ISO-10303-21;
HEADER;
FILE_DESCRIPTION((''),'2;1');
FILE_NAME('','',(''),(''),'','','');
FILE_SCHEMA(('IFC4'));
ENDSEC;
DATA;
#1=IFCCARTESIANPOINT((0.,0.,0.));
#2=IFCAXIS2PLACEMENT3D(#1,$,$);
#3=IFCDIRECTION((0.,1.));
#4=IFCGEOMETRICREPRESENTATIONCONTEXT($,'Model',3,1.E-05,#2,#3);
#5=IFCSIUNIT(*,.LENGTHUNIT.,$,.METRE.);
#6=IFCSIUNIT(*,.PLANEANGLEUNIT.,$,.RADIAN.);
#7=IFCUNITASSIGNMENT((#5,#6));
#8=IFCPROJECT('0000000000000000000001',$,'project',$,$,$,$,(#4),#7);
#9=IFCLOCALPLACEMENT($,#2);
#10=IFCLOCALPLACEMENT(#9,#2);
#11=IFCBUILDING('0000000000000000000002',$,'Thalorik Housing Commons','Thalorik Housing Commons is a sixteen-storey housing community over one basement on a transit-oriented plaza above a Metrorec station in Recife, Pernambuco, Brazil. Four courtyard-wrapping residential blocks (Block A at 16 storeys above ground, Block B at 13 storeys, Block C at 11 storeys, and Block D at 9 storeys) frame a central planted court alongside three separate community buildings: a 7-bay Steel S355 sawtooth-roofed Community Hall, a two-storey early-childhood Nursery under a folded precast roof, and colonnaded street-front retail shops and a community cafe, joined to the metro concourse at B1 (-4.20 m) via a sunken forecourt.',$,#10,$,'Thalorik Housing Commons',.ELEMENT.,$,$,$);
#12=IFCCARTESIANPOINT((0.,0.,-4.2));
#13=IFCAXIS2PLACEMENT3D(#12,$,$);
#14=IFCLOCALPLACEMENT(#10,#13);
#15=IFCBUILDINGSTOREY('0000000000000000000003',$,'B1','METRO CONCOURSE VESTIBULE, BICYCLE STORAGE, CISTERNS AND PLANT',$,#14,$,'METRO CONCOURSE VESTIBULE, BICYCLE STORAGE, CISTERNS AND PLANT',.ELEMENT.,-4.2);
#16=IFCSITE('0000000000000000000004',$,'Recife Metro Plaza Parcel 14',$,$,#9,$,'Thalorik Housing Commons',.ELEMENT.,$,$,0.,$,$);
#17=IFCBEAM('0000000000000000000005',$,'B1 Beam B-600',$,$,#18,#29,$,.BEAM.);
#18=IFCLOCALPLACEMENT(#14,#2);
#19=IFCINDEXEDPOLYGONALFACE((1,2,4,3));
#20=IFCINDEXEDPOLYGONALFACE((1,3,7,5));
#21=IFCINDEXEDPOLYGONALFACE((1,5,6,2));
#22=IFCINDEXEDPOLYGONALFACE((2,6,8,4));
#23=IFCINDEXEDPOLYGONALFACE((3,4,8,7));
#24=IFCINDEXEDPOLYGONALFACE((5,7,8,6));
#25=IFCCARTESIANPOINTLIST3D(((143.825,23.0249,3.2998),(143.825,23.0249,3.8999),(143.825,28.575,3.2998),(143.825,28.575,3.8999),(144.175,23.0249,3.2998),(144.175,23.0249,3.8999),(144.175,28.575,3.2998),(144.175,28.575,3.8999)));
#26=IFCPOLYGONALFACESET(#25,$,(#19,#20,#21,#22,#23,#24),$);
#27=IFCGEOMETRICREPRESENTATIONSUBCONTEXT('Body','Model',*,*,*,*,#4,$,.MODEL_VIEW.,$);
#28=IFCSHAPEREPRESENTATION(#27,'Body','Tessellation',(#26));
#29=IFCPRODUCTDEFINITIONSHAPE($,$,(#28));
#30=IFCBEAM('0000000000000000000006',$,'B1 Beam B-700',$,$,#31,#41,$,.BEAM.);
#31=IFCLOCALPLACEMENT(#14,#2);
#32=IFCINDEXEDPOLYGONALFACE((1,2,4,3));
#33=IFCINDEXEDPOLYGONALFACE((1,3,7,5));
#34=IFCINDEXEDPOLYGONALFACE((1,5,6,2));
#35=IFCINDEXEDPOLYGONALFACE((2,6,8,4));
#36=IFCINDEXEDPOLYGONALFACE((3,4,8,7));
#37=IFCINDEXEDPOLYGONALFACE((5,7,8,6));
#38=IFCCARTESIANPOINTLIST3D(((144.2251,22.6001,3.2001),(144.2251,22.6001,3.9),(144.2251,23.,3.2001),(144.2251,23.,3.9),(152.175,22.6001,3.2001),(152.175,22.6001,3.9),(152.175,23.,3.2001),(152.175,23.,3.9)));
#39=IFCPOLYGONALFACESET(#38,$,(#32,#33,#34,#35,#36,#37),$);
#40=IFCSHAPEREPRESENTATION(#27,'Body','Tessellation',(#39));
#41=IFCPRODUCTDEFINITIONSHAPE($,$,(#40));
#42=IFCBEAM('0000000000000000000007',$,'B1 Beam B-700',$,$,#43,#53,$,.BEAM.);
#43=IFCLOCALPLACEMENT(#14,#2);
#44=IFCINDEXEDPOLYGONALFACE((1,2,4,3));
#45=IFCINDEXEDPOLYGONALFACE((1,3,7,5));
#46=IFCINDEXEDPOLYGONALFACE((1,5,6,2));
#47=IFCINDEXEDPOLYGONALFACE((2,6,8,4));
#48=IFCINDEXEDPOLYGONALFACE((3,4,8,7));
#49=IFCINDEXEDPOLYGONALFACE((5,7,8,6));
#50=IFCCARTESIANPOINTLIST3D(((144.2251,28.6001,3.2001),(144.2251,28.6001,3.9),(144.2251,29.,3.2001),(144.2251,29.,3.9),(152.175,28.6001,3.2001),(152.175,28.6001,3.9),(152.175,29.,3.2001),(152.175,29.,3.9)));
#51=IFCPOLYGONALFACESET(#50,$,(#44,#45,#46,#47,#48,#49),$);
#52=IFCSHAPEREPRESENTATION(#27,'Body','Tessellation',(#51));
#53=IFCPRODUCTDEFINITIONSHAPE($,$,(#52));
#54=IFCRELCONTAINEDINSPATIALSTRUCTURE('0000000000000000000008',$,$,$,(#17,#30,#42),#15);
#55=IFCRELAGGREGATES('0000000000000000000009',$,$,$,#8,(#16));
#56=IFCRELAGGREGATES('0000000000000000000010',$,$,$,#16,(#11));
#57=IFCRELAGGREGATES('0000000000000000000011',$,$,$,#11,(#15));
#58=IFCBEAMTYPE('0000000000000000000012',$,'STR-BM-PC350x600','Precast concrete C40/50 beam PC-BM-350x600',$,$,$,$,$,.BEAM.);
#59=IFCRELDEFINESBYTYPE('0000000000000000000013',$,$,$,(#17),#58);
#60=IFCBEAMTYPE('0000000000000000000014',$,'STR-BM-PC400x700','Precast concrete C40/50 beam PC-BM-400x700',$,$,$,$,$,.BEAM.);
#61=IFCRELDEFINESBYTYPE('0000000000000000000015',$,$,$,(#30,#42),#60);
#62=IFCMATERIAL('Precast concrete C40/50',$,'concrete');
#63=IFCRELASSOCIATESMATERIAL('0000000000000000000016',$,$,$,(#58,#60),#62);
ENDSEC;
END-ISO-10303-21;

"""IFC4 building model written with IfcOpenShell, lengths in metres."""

from ifc_helpers import new_model, si_unit, direction, frame, origin, origin_2d, place, context, subcontext, project, spatial, rectangle, extrude, material, material_profile, profile_set, type_object, element, save


model = new_model("IFC4")

# Units and contexts
model_context = context("Model", 3, precision=1e-05, world=origin(), true_north=direction((0.0, 1.0)))
body_context = subcontext(model_context, "Body", "Model", "MODEL_VIEW")
ifc_project = project(units=[si_unit("LENGTHUNIT", "METRE"), si_unit("PLANEANGLEUNIT", "RADIAN")], contexts=[model_context])

# Site, building, storey
site_placement = place(None, origin())
site = spatial("IfcSite", under=ifc_project, at=site_placement, Name="Recife Metro Plaza Parcel 14", LongName="Thalorik Housing Commons", CompositionType="ELEMENT", RefElevation=0.0)
building_placement = place(site_placement, origin())
building = spatial("IfcBuilding", under=site, at=building_placement, Name="Thalorik Housing Commons", Description="Thalorik Housing Commons is a sixteen-storey housing community over one basement on a transit-oriented plaza above a Metrorec station in Recife, Pernambuco, Brazil. Four courtyard-wrapping residential blocks (Block A at 16 storeys above ground, Block B at 13 storeys, Block C at 11 storeys, and Block D at 9 storeys) frame a central planted court alongside three separate community buildings: a 7-bay Steel S355 sawtooth-roofed Community Hall, a two-storey early-childhood Nursery under a folded precast roof, and colonnaded street-front retail shops and a community cafe, joined to the metro concourse at B1 (-4.20 m) via a sunken forecourt.", LongName="Thalorik Housing Commons", CompositionType="ELEMENT")
storey_placement = place(building_placement, frame((0.0, 0.0, -4.2)))
storey = spatial("IfcBuildingStorey", under=building, at=storey_placement, Name="B1", Description="METRO CONCOURSE VESTIBULE, BICYCLE STORAGE, CISTERNS AND PLANT", LongName="METRO CONCOURSE VESTIBULE, BICYCLE STORAGE, CISTERNS AND PLANT", CompositionType="ELEMENT", Elevation=-4.2)

# Shared definitions
ifc_material_1 = material(Name="Precast concrete C40/50", Category="concrete")

# Beams
ifc_material_profile_1 = material_profile(ifc_material_1, rectangle(XDim=0.3501, YDim=0.6001, at=origin_2d()), Name="PC 350x600", Category="concrete")
ifc_profile_set_1 = profile_set([ifc_material_profile_1], Name="Precast concrete C40/50")
beam_type_1 = type_object("IfcBeamType", Name="STR-BM-PC350x600", Description="Precast concrete C40/50 beam PC-BM-350x600", PredefinedType="BEAM", material=ifc_profile_set_1)
beam_placement = place(storey_placement, frame((144.0, 23.0249, 3.5999), z_axis=(0.0, 1.0, 0.0), x_axis=(-1.0, 0.0, 0.0)))
element("IfcBeam", 1, at=beam_placement, inside=storey, type_object=beam_type_1, Name="B1 Beam B-600", PredefinedType="BEAM", context=body_context, shape_type="SweptSolid", body=[
    extrude(rectangle(XDim=0.3501, YDim=0.6001, at=origin_2d()), origin(), (0.0, 0.0, 1.0), 5.55),
])
ifc_material_profile_2 = material_profile(ifc_material_1, rectangle(XDim=0.3999, YDim=0.7, at=origin_2d()), Name="PC 400x700", Category="concrete")
ifc_profile_set_2 = profile_set([ifc_material_profile_2], Name="Precast concrete C40/50")
beam_type_2 = type_object("IfcBeamType", Name="STR-BM-PC400x700", Description="Precast concrete C40/50 beam PC-BM-400x700", PredefinedType="BEAM", material=ifc_profile_set_2)
for number, where, z_axis, x_axis, name in (
    (2, (144.2251, 22.8, 3.55), (1.0, 0.0, 0.0), (0.0, 1.0, 0.0), "B1 Beam B-700"),
    (3, (144.2251, 28.8, 3.55), (1.0, 0.0, 0.0), (0.0, 1.0, 0.0), "B1 Beam B-700"),
):
    element("IfcBeam", number, at=place(storey_placement, frame(where, z_axis=z_axis, x_axis=x_axis)), inside=storey, type_object=beam_type_2, Name=name, PredefinedType="BEAM", context=body_context, shape_type="SweptSolid", body=[
        extrude(rectangle(XDim=0.3999, YDim=0.7, at=origin_2d()), origin(), (0.0, 0.0, 1.0), 7.95),
    ])

save(model, "model.ifc")
